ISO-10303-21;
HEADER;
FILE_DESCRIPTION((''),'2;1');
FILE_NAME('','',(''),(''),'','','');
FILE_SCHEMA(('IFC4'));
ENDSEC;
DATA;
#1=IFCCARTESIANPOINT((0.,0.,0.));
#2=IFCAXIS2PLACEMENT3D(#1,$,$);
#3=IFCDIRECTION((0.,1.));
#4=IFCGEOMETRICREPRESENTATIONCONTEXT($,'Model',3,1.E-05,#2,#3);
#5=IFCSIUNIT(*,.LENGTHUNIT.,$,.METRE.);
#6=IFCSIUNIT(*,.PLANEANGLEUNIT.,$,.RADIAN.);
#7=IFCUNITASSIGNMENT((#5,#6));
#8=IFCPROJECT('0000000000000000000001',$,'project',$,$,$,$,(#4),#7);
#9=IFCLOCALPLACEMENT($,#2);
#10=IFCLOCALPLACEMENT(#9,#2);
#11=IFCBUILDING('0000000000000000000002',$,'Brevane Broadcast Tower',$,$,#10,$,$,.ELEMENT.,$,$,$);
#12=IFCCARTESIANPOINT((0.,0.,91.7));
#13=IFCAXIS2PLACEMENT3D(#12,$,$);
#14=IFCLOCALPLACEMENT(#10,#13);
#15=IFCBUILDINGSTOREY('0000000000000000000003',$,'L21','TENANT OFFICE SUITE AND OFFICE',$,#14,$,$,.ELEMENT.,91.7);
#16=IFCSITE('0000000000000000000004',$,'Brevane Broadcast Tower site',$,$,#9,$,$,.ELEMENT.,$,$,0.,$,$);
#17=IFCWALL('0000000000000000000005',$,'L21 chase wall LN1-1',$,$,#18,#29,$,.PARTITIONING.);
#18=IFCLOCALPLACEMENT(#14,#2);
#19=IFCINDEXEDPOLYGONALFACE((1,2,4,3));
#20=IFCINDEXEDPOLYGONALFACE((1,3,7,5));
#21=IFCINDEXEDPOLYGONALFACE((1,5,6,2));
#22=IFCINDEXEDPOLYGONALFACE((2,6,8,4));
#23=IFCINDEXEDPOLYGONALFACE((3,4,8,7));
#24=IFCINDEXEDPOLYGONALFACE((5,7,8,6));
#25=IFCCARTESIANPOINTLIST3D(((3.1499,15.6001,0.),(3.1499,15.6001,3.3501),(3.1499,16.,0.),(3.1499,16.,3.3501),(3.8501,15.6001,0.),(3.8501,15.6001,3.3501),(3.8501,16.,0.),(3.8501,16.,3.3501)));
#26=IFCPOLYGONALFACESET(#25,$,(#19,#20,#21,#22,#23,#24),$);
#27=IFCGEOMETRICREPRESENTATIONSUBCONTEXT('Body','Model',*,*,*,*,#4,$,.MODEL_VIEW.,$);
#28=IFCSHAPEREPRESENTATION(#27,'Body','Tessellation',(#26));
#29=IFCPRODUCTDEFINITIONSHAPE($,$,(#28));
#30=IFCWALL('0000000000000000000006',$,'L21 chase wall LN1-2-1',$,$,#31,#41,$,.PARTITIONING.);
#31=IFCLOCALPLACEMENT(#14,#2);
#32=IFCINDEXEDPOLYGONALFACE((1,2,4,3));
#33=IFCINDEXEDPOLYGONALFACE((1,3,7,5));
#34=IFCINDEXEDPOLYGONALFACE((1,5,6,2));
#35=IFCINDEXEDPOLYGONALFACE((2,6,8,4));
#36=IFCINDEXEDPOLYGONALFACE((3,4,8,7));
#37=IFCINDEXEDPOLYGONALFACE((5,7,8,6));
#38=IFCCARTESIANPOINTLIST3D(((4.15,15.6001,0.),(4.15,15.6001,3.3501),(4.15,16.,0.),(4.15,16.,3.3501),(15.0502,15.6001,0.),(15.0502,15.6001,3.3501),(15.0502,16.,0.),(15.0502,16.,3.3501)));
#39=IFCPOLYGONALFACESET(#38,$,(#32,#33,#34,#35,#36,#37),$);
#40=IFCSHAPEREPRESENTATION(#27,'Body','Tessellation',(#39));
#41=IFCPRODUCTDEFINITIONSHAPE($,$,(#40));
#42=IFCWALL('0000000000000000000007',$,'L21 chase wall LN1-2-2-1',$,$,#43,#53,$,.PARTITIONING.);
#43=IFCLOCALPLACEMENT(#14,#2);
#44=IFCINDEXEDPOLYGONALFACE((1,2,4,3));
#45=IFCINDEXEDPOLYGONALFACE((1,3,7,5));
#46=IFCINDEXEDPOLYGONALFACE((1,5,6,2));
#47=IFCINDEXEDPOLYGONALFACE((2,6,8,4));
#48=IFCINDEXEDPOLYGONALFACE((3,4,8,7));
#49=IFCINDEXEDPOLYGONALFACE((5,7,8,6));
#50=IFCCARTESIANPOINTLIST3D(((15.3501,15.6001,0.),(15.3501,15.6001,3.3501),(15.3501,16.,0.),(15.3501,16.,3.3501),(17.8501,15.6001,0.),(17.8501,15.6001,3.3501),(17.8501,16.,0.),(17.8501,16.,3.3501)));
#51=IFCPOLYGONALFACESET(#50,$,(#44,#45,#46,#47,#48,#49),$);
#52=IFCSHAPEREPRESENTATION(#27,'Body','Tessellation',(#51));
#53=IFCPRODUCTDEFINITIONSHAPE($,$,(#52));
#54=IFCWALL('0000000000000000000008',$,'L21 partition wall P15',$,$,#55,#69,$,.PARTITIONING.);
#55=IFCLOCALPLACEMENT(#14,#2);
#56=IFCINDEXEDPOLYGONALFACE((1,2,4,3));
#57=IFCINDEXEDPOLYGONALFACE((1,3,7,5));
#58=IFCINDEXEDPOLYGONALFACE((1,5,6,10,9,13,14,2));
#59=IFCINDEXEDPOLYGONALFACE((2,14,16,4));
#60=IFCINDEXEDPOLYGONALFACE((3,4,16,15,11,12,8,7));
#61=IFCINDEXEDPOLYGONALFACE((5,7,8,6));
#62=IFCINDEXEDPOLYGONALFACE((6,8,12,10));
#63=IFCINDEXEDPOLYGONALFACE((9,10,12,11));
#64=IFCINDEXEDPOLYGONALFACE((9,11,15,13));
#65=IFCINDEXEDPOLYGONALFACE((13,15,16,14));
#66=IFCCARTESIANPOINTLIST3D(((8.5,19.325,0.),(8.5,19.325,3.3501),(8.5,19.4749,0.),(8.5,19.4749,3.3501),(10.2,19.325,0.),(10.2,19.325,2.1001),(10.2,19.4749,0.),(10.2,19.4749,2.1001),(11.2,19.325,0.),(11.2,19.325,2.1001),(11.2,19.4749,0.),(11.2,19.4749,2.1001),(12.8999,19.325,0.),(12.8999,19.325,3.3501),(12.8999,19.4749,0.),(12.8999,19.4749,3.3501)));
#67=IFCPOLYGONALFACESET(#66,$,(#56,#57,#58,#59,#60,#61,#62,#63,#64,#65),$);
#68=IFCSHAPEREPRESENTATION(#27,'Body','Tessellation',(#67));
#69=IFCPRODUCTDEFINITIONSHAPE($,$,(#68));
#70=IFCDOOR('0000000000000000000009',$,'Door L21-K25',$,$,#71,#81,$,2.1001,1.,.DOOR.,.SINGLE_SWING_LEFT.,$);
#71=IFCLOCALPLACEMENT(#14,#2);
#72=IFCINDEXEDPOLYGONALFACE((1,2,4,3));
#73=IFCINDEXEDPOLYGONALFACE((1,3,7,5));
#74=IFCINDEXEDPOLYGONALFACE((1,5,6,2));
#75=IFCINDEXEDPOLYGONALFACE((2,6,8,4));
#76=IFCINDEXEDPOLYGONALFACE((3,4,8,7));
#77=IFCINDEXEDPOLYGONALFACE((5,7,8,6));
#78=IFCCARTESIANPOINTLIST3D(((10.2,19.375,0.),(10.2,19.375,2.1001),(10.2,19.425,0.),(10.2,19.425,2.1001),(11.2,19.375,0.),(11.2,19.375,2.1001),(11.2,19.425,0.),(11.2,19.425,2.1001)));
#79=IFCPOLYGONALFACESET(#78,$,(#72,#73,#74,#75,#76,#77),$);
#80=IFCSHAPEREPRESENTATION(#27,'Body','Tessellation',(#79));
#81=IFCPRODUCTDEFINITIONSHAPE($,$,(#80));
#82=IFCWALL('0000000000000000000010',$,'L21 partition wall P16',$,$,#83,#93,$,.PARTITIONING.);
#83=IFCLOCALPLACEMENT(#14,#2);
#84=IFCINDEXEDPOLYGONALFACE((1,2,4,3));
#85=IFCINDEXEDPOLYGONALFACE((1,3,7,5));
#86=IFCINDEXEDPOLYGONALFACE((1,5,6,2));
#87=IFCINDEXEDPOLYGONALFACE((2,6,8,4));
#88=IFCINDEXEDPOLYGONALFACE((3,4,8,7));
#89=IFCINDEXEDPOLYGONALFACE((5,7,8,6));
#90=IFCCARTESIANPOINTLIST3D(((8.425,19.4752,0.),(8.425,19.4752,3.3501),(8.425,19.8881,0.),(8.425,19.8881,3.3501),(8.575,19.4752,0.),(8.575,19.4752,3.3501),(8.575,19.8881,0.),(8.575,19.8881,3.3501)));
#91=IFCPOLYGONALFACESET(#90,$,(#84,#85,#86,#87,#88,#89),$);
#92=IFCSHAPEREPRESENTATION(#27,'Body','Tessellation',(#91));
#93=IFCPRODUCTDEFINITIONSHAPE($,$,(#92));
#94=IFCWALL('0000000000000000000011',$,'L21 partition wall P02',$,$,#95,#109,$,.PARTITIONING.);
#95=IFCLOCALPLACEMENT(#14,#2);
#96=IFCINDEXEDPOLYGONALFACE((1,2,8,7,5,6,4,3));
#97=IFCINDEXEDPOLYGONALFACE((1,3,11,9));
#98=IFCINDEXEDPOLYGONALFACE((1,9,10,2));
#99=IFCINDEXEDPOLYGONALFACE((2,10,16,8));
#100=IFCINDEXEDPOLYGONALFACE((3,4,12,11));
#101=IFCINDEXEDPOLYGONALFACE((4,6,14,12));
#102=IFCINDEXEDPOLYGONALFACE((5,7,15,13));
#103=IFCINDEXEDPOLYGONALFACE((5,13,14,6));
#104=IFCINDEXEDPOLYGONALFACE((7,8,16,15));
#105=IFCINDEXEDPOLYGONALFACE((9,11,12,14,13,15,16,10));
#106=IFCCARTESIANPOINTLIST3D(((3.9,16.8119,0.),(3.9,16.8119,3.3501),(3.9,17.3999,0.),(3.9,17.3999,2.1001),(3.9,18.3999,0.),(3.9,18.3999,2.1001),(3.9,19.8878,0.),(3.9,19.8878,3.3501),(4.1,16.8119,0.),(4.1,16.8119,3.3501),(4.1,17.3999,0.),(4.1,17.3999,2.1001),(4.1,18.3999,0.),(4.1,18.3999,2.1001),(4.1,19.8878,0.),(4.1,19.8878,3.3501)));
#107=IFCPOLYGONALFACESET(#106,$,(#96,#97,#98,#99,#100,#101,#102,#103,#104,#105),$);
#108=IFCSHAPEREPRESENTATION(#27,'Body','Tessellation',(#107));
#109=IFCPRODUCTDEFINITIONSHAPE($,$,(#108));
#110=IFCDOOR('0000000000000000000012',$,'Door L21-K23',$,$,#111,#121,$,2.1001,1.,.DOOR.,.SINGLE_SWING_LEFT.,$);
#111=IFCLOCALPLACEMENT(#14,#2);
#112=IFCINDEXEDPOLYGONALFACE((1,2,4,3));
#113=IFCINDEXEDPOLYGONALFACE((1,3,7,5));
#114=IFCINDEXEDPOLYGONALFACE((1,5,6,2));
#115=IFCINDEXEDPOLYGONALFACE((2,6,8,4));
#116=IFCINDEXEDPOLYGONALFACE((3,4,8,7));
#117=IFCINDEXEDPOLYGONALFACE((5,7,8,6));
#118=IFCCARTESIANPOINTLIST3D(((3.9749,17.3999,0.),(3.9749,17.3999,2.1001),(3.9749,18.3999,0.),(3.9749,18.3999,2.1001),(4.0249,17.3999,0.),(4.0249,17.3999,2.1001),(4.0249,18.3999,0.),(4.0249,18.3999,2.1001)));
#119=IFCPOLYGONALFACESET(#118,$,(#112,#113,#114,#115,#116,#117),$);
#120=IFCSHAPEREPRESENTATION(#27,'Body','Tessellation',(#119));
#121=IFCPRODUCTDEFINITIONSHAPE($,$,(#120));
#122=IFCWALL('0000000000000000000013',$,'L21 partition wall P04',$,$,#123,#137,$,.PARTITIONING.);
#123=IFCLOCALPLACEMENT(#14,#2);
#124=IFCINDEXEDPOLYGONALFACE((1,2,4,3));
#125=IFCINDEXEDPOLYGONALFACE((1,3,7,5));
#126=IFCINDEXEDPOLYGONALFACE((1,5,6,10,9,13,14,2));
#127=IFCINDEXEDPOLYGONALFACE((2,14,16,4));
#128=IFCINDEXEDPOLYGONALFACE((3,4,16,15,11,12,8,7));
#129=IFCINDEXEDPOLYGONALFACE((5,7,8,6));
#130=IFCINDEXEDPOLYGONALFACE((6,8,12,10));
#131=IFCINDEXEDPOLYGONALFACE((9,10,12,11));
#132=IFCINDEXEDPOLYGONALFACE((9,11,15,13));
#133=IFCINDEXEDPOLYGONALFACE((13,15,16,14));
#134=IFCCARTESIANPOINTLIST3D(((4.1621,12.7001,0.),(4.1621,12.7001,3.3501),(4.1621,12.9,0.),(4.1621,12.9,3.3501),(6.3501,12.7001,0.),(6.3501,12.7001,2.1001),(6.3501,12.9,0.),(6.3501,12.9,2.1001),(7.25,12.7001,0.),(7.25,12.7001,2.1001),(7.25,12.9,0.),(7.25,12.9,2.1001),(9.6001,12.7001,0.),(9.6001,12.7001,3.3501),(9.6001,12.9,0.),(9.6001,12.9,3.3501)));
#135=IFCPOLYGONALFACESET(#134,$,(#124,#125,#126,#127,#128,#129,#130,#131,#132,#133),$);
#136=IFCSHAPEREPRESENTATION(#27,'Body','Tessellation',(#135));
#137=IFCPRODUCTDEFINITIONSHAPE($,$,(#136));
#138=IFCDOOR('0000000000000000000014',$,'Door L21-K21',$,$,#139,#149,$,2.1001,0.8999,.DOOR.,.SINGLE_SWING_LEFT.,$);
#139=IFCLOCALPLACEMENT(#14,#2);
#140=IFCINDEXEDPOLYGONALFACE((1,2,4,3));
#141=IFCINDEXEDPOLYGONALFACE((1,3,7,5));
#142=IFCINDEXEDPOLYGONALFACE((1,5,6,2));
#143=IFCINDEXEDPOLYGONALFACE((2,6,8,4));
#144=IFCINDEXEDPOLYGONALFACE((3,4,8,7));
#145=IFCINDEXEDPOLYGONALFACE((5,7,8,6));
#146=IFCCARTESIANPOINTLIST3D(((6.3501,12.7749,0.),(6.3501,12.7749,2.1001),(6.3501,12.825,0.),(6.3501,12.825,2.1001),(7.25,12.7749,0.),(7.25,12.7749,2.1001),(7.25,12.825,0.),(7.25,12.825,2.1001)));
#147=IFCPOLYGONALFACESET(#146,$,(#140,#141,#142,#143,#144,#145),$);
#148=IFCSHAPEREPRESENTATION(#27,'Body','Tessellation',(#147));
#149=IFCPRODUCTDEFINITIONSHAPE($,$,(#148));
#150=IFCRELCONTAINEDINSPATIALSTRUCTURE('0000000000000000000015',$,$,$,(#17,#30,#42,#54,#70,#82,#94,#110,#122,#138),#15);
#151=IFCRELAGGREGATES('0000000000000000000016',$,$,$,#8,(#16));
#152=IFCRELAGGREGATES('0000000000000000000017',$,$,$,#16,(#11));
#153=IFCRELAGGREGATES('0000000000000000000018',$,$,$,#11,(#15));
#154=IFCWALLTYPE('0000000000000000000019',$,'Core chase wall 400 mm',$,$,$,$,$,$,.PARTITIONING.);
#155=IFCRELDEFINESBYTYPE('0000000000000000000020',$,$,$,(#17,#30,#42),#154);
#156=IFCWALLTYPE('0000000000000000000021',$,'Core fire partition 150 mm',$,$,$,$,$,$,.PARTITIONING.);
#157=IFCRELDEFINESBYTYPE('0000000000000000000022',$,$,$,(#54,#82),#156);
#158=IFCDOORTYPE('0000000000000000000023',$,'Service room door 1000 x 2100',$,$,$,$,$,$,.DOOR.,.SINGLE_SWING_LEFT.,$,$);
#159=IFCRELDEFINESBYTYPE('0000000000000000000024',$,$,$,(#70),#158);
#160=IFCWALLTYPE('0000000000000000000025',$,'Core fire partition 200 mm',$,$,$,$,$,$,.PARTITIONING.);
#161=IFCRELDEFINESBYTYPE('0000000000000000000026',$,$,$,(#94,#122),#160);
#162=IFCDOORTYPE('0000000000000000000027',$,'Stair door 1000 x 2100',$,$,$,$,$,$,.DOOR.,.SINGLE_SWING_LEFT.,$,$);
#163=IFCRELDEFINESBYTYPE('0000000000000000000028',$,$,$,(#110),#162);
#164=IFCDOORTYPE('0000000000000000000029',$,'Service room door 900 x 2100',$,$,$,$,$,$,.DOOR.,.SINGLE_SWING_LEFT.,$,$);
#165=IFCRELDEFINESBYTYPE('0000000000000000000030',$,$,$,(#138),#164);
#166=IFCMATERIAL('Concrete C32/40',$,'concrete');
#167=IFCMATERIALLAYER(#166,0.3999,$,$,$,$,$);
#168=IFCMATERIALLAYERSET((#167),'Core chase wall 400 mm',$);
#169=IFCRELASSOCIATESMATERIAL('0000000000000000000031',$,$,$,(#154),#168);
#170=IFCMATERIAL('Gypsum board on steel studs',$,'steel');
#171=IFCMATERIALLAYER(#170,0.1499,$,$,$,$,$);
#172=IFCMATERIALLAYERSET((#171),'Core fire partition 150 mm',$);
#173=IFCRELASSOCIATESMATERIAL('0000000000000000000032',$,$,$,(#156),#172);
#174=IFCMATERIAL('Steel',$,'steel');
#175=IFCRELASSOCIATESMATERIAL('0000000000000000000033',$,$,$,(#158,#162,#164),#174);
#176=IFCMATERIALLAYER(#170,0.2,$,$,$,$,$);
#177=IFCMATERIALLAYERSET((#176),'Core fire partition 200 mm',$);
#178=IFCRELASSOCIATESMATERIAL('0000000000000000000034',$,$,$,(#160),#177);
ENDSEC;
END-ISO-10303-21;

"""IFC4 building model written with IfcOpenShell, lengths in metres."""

from ifc_helpers import new_model, si_unit, direction, frame, frame_2d, origin, place, context, subcontext, project, spatial, rectangle, extrude, material, layer, layer_set, type_object, element, fill, save


model = new_model("IFC4")

# Units and contexts
model_context = context("Model", 3, precision=1e-05, world=origin(), true_north=direction((0.0, 1.0)))
body_context = subcontext(model_context, "Body", "Model", "MODEL_VIEW")
ifc_project = project(units=[si_unit("LENGTHUNIT", "METRE"), si_unit("PLANEANGLEUNIT", "RADIAN")], contexts=[model_context])

# Site, building, storey
site_placement = place(None, origin())
site = spatial("IfcSite", under=ifc_project, at=site_placement, Name="Brevane Broadcast Tower site", CompositionType="ELEMENT", RefElevation=0.0)
building_placement = place(site_placement, origin())
building = spatial("IfcBuilding", under=site, at=building_placement, Name="Brevane Broadcast Tower", CompositionType="ELEMENT")
storey_placement = place(building_placement, frame((0.0, 0.0, 91.7)))
storey = spatial("IfcBuildingStorey", under=building, at=storey_placement, Name="L21", Description="TENANT OFFICE SUITE AND OFFICE", CompositionType="ELEMENT", Elevation=91.7)

# Walls
ifc_material_1 = material(Name="Concrete C32/40", Category="concrete")
ifc_layer_1 = layer(ifc_material_1, 0.3999)
ifc_layer_set_1 = layer_set([ifc_layer_1], Name="Core chase wall 400 mm")
wall_type_1 = type_object("IfcWallType", Name="Core chase wall 400 mm", PredefinedType="PARTITIONING", material=ifc_layer_set_1)
wall_1_placement = place(storey_placement, frame((3.1499, 15.8, 0.0), z_axis=(0.0, 0.0, 1.0), x_axis=(1.0, 0.0, 0.0)))
element("IfcWall", 1, at=wall_1_placement, inside=storey, type_object=wall_type_1, Name="L21 chase wall LN1-1", PredefinedType="PARTITIONING", context=body_context, shape_type="SweptSolid", body=[
    extrude(rectangle(XDim=0.7002, YDim=0.3999, at=frame_2d((0.3501, 0.0))), origin(), (0.0, 0.0, 1.0), 3.3501),
])
wall_2_placement = place(storey_placement, frame((4.1499, 15.8, 0.0), z_axis=(0.0, 0.0, 1.0), x_axis=(1.0, 0.0, 0.0)))
element("IfcWall", 2, at=wall_2_placement, inside=storey, type_object=wall_type_1, Name="L21 chase wall LN1-2-1", PredefinedType="PARTITIONING", context=body_context, shape_type="SweptSolid", body=[
    extrude(rectangle(XDim=10.9001, YDim=0.3999, at=frame_2d((5.4502, 0.0))), origin(), (0.0, 0.0, 1.0), 3.3501),
])
wall_3_placement = place(storey_placement, frame((15.3501, 15.8, 0.0), z_axis=(0.0, 0.0, 1.0), x_axis=(1.0, 0.0, 0.0)))
element("IfcWall", 3, at=wall_3_placement, inside=storey, type_object=wall_type_1, Name="L21 chase wall LN1-2-2-1", PredefinedType="PARTITIONING", context=body_context, shape_type="SweptSolid", body=[
    extrude(rectangle(XDim=2.5, YDim=0.3999, at=frame_2d((1.25, 0.0))), origin(), (0.0, 0.0, 1.0), 3.3501),
])

# Wall, opening, door
ifc_material_2 = material(Name="Gypsum board on steel studs", Category="steel")
ifc_layer_2 = layer(ifc_material_2, 0.1499)
ifc_layer_set_2 = layer_set([ifc_layer_2], Name="Core fire partition 150 mm")
wall_type_2 = type_object("IfcWallType", Name="Core fire partition 150 mm", PredefinedType="PARTITIONING", material=ifc_layer_set_2)
wall_4_placement = place(storey_placement, frame((12.8999, 19.3999, 0.0), z_axis=(0.0, 0.0, 1.0), x_axis=(-1.0, 0.0, 0.0)))
wall_4 = element("IfcWall", 4, at=wall_4_placement, inside=storey, type_object=wall_type_2, Name="L21 partition wall P15", PredefinedType="PARTITIONING", context=body_context, shape_type="SweptSolid", body=[
    extrude(rectangle(XDim=4.3999, YDim=0.1499, at=frame_2d((2.2, 0.0))), origin(), (0.0, 0.0, 1.0), 3.3501),
])
opening_1_placement = place(wall_4_placement, frame((1.7, 0.0, 0.0)))
opening_1 = element("IfcOpeningElement", 5, at=opening_1_placement, cuts=wall_4, PredefinedType="OPENING", context=body_context, shape_type="SweptSolid", body=[
    extrude(rectangle(XDim=1.0, YDim=2.1001, at=frame_2d((0.5, 1.05))), frame((0.0, 0.085, 0.0), z_axis=(0.0, -1.0, 0.0), x_axis=(1.0, 0.0, 0.0)), (0.0, 0.0, 1.0), 0.1699),
])
ifc_material_3 = material(Name="Steel", Category="steel")
door_type_1 = type_object("IfcDoorType", Name="Service room door 1000 x 2100", OperationType="SINGLE_SWING_LEFT", PredefinedType="DOOR", material=ifc_material_3)
door_1_placement = place(opening_1_placement, origin())
door_1 = element("IfcDoor", 6, at=door_1_placement, inside=storey, type_object=door_type_1, Name="Door L21-K25", OperationType="SINGLE_SWING_LEFT", OverallHeight=2.1001, OverallWidth=1.0, PredefinedType="DOOR", context=body_context, shape_type="SweptSolid", body=[
    extrude(rectangle(XDim=1.0, YDim=2.1001, at=frame_2d((0.5, 1.05))), frame((0.0, 0.0249, 0.0), z_axis=(0.0, -1.0, 0.0), x_axis=(1.0, 0.0, 0.0)), (0.0, 0.0, 1.0), 0.05),
])
fill(opening_1, door_1)

# Wall
wall_5_placement = place(storey_placement, frame((8.5, 19.4751, 0.0), z_axis=(0.0, 0.0, 1.0), x_axis=(0.0, 1.0, 0.0)))
element("IfcWall", 7, at=wall_5_placement, inside=storey, type_object=wall_type_2, Name="L21 partition wall P16", PredefinedType="PARTITIONING", context=body_context, shape_type="SweptSolid", body=[
    extrude(rectangle(XDim=0.4128, YDim=0.1499, at=frame_2d((0.2065, 0.0))), origin(), (0.0, 0.0, 1.0), 3.3501),
])

# Walls, openings, doors
ifc_layer_3 = layer(ifc_material_2, 0.2)
ifc_layer_set_3 = layer_set([ifc_layer_3], Name="Core fire partition 200 mm")
wall_type_3 = type_object("IfcWallType", Name="Core fire partition 200 mm", PredefinedType="PARTITIONING", material=ifc_layer_set_3)
wall_6_placement = place(storey_placement, frame((4.0, 19.8879, 0.0), z_axis=(0.0, 0.0, 1.0), x_axis=(0.0, -1.0, 0.0)))
wall_6 = element("IfcWall", 8, at=wall_6_placement, inside=storey, type_object=wall_type_3, Name="L21 partition wall P02", PredefinedType="PARTITIONING", context=body_context, shape_type="SweptSolid", body=[
    extrude(rectangle(XDim=3.0759, YDim=0.2, at=frame_2d((1.5381, 0.0))), origin(), (0.0, 0.0, 1.0), 3.3501),
])
opening_2_placement = place(wall_6_placement, frame((1.488, 0.0, 0.0)))
opening_2 = element("IfcOpeningElement", 9, at=opening_2_placement, cuts=wall_6, PredefinedType="OPENING", context=body_context, shape_type="SweptSolid", body=[
    extrude(rectangle(XDim=1.0, YDim=2.1001, at=frame_2d((0.5, 1.05))), frame((0.0, 0.1099, 0.0), z_axis=(0.0, -1.0, 0.0), x_axis=(1.0, 0.0, 0.0)), (0.0, 0.0, 1.0), 0.22),
])
door_type_2 = type_object("IfcDoorType", Name="Stair door 1000 x 2100", OperationType="SINGLE_SWING_LEFT", PredefinedType="DOOR", material=ifc_material_3)
door_2_placement = place(opening_2_placement, origin())
door_2 = element("IfcDoor", 10, at=door_2_placement, inside=storey, type_object=door_type_2, Name="Door L21-K23", OperationType="SINGLE_SWING_LEFT", OverallHeight=2.1001, OverallWidth=1.0, PredefinedType="DOOR", context=body_context, shape_type="SweptSolid", body=[
    extrude(rectangle(XDim=1.0, YDim=2.1001, at=frame_2d((0.5, 1.05))), frame((0.0, 0.0249, 0.0), z_axis=(0.0, -1.0, 0.0), x_axis=(1.0, 0.0, 0.0)), (0.0, 0.0, 1.0), 0.05),
])
fill(opening_2, door_2)
wall_7_placement = place(storey_placement, frame((4.1621, 12.8, 0.0), z_axis=(0.0, 0.0, 1.0), x_axis=(1.0, 0.0, 0.0)))
wall_7 = element("IfcWall", 11, at=wall_7_placement, inside=storey, type_object=wall_type_3, Name="L21 partition wall P04", PredefinedType="PARTITIONING", context=body_context, shape_type="SweptSolid", body=[
    extrude(rectangle(XDim=5.438, YDim=0.2, at=frame_2d((2.719, 0.0))), origin(), (0.0, 0.0, 1.0), 3.3501),
])
opening_3_placement = place(wall_7_placement, frame((2.188, 0.0, 0.0)))
opening_3 = element("IfcOpeningElement", 12, at=opening_3_placement, cuts=wall_7, PredefinedType="OPENING", context=body_context, shape_type="SweptSolid", body=[
    extrude(rectangle(XDim=0.8999, YDim=2.1001, at=frame_2d((0.45, 1.05))), frame((0.0, 0.1099, 0.0), z_axis=(0.0, -1.0, 0.0), x_axis=(1.0, 0.0, 0.0)), (0.0, 0.0, 1.0), 0.22),
])
door_type_3 = type_object("IfcDoorType", Name="Service room door 900 x 2100", OperationType="SINGLE_SWING_LEFT", PredefinedType="DOOR", material=ifc_material_3)
door_3_placement = place(opening_3_placement, origin())
door_3 = element("IfcDoor", 13, at=door_3_placement, inside=storey, type_object=door_type_3, Name="Door L21-K21", OperationType="SINGLE_SWING_LEFT", OverallHeight=2.1001, OverallWidth=0.8999, PredefinedType="DOOR", context=body_context, shape_type="SweptSolid", body=[
    extrude(rectangle(XDim=0.8999, YDim=2.1001, at=frame_2d((0.45, 1.05))), frame((0.0, 0.0249, 0.0), z_axis=(0.0, -1.0, 0.0), x_axis=(1.0, 0.0, 0.0)), (0.0, 0.0, 1.0), 0.05),
])
fill(opening_3, door_3)

save(model, "model.ifc")
